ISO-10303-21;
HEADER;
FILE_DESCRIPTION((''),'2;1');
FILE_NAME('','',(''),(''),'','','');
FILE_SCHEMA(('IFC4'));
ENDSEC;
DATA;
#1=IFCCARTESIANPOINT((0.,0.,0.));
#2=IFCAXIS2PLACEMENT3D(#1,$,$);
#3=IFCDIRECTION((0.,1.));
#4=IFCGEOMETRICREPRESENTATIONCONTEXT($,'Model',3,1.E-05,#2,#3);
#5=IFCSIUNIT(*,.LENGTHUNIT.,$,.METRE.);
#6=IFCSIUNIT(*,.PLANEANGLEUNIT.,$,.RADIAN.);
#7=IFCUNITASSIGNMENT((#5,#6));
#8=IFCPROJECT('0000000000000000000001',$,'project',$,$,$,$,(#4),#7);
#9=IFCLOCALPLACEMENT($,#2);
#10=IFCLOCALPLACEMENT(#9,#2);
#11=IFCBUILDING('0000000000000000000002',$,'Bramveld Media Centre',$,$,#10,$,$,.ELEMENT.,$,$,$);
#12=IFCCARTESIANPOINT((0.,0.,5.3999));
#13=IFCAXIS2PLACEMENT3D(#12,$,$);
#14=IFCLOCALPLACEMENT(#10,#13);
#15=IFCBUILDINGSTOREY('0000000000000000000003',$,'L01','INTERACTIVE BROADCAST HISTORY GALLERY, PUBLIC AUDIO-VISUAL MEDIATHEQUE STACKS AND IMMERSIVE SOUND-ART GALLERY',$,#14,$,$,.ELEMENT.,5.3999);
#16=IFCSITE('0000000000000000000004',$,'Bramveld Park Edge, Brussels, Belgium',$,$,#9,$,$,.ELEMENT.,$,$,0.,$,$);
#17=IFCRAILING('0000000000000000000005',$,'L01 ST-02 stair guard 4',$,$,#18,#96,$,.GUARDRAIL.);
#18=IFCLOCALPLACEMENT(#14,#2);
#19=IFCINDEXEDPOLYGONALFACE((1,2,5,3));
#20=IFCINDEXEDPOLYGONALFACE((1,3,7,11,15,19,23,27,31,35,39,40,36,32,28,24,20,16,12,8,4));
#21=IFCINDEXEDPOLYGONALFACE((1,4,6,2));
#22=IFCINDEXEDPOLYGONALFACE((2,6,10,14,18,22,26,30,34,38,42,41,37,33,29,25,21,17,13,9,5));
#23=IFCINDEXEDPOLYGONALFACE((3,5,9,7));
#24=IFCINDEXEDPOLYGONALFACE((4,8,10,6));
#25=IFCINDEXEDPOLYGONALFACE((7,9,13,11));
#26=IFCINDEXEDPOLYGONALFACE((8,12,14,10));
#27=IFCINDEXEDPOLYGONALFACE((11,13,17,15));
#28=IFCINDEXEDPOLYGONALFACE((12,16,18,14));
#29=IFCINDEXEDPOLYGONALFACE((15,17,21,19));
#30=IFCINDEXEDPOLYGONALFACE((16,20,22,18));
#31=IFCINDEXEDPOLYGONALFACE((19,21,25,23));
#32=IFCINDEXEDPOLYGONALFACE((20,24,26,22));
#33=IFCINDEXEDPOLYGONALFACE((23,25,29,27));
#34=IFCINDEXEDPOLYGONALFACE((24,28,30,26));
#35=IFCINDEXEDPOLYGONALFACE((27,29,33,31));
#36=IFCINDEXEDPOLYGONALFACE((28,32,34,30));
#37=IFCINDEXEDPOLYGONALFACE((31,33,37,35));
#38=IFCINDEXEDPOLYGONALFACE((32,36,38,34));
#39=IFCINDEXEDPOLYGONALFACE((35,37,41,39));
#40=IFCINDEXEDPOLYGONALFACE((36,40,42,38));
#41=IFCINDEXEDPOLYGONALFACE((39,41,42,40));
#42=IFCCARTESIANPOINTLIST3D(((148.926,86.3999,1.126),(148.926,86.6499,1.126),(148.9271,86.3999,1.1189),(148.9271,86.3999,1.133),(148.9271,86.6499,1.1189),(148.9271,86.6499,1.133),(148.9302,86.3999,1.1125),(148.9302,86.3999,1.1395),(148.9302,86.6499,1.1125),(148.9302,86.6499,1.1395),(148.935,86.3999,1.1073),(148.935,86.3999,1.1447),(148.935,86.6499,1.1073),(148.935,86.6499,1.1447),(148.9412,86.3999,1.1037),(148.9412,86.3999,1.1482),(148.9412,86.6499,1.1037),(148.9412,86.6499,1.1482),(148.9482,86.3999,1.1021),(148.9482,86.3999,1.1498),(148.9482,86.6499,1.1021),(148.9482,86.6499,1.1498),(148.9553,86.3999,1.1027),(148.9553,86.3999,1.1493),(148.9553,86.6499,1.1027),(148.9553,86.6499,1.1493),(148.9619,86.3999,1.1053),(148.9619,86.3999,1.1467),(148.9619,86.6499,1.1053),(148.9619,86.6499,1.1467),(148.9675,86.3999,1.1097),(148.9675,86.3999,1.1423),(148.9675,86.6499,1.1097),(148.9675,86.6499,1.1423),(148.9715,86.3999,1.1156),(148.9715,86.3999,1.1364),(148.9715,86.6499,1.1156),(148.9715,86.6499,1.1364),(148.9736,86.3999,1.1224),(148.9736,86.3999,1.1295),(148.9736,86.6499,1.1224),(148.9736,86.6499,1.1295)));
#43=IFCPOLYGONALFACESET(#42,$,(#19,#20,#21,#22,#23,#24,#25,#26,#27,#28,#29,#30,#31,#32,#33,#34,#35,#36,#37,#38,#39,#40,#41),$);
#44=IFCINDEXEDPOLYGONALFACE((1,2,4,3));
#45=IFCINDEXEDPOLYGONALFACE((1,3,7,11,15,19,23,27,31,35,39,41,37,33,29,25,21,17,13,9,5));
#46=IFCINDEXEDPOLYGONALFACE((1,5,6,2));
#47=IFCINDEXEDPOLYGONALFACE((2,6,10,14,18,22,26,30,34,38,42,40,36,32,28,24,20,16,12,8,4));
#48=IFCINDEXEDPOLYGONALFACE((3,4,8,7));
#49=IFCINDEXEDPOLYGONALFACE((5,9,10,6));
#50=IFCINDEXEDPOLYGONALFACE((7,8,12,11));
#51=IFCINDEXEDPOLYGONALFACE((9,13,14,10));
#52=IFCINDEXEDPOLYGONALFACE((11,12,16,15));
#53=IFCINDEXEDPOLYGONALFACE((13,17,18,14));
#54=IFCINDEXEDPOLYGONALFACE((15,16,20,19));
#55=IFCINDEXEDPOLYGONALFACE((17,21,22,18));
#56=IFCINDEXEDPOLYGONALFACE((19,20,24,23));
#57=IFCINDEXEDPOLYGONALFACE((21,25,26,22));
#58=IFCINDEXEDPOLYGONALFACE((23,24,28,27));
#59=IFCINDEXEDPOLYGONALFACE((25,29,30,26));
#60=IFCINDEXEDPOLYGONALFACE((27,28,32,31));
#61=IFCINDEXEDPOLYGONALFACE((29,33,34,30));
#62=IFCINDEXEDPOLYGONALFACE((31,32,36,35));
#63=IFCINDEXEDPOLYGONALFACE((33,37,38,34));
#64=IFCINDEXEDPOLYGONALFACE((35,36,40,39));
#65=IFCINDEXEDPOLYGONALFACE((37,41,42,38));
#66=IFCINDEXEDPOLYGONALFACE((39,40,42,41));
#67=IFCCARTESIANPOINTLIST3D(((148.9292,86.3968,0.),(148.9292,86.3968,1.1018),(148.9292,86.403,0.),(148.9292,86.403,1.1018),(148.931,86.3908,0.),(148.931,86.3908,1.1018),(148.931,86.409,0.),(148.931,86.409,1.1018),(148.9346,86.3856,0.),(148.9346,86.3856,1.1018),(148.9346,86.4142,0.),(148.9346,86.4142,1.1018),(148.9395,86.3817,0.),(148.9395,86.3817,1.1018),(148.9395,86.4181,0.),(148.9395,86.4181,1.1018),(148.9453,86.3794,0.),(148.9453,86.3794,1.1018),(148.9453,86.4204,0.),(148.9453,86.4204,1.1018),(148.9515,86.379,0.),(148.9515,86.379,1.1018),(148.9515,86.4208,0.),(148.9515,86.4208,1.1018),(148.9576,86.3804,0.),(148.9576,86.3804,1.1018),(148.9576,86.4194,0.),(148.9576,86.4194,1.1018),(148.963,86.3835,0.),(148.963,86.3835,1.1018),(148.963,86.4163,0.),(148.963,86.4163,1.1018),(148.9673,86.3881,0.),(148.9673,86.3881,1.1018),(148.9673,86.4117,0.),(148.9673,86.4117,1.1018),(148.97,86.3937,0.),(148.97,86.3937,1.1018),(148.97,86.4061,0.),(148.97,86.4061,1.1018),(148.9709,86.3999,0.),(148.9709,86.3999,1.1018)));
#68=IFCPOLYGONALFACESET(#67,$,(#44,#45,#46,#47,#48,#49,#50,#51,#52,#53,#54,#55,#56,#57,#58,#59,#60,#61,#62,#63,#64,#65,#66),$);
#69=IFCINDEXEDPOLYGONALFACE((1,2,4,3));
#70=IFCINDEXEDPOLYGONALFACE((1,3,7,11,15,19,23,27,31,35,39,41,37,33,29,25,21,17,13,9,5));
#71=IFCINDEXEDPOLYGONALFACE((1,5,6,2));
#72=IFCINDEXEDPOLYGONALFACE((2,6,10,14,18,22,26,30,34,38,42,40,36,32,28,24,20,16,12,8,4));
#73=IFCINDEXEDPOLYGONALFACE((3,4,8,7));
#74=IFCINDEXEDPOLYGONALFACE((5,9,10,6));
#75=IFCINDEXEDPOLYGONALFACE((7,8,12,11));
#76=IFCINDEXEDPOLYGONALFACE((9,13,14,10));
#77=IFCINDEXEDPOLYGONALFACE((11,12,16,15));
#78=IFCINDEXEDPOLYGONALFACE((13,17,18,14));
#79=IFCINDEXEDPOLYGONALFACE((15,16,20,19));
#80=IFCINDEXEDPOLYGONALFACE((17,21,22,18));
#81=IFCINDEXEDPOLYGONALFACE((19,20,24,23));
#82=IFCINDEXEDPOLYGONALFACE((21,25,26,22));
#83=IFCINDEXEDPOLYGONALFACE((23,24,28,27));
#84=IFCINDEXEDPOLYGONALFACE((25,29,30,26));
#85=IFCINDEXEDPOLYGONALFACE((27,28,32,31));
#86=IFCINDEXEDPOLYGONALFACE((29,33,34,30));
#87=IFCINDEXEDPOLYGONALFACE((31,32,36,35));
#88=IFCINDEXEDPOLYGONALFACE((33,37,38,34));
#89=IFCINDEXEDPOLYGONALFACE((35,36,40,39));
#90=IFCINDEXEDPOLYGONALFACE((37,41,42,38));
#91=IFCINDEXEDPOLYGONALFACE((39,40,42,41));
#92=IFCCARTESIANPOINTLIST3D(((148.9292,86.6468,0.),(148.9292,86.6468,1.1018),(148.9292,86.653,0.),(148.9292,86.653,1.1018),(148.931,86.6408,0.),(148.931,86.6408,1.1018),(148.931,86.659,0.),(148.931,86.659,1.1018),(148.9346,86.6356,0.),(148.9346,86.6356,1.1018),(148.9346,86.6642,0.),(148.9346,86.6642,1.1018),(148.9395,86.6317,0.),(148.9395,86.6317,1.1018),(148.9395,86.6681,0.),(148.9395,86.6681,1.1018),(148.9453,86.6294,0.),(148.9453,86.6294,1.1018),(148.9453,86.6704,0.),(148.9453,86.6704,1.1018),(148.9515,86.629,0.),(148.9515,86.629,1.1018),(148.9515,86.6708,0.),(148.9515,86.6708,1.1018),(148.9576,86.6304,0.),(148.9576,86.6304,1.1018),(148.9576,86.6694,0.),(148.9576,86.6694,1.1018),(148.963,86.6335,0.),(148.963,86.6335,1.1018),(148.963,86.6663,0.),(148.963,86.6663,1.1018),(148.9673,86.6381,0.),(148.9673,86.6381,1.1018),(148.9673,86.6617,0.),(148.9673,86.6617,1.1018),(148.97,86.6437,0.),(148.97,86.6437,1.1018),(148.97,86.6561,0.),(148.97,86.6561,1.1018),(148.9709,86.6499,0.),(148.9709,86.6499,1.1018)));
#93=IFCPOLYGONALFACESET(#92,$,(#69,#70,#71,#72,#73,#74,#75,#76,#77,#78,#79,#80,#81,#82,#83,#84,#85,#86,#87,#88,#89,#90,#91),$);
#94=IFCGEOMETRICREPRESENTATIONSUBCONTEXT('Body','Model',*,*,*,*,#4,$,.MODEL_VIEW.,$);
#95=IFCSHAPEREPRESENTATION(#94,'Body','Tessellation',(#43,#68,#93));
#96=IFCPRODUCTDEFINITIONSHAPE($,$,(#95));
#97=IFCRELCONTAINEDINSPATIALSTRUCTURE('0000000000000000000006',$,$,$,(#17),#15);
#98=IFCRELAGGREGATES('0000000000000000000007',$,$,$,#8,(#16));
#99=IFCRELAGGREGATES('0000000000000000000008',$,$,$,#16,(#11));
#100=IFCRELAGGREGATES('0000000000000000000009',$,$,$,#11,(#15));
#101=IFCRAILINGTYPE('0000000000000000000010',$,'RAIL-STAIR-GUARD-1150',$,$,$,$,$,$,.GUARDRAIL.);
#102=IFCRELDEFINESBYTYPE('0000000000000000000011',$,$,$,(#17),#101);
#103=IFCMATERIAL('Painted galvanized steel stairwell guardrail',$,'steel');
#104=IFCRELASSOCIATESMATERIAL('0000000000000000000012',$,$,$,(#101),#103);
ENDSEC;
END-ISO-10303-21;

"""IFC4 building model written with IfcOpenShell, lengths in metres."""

from ifc_helpers import new_model, si_unit, direction, frame, origin, origin_2d, place, context, subcontext, project, spatial, circle, extrude, material, type_object, element, save


model = new_model("IFC4")

# Units and contexts
model_context = context("Model", 3, precision=1e-05, world=origin(), true_north=direction((0.0, 1.0)))
body_context = subcontext(model_context, "Body", "Model", "MODEL_VIEW")
ifc_project = project(units=[si_unit("LENGTHUNIT", "METRE"), si_unit("PLANEANGLEUNIT", "RADIAN")], contexts=[model_context])

# Site, building, storey
site_placement = place(None, origin())
site = spatial("IfcSite", under=ifc_project, at=site_placement, Name="Bramveld Park Edge, Brussels, Belgium", CompositionType="ELEMENT", RefElevation=0.0)
building_placement = place(site_placement, origin())
building = spatial("IfcBuilding", under=site, at=building_placement, Name="Bramveld Media Centre", CompositionType="ELEMENT")
storey_placement = place(building_placement, frame((0.0, 0.0, 5.3999)))
storey = spatial("IfcBuildingStorey", under=building, at=storey_placement, Name="L01", Description="INTERACTIVE BROADCAST HISTORY GALLERY, PUBLIC AUDIO-VISUAL MEDIATHEQUE STACKS AND IMMERSIVE SOUND-ART GALLERY", CompositionType="ELEMENT", Elevation=5.3999)

# Railing
ifc_material_1 = material(Name="Painted galvanized steel stairwell guardrail", Category="steel")
railing_type_1 = type_object("IfcRailingType", Name="RAIL-STAIR-GUARD-1150", PredefinedType="GUARDRAIL", material=ifc_material_1)
railing_1_placement = place(storey_placement, frame((148.95, 86.3999, 0.0)))
element("IfcRailing", 1, at=railing_1_placement, inside=storey, type_object=railing_type_1, Name="L01 ST-02 stair guard 4", PredefinedType="GUARDRAIL", context=body_context, shape_type="SweptSolid", body=[
    extrude(circle(Radius=0.0239, at=origin_2d()), frame((0.0, 0.0, 1.126), z_axis=(0.0, 1.0, 0.0), x_axis=(-1.0, 0.0, 0.0)), (0.0, 0.0, 1.0), 0.25),
    extrude(circle(Radius=0.021, at=origin_2d()), origin(), (0.0, 0.0, 1.0), 1.1018),
    extrude(circle(Radius=0.021, at=origin_2d()), frame((0.0, 0.25, 0.0)), (0.0, 0.0, 1.0), 1.1018),
])

save(model, "model.ifc")
